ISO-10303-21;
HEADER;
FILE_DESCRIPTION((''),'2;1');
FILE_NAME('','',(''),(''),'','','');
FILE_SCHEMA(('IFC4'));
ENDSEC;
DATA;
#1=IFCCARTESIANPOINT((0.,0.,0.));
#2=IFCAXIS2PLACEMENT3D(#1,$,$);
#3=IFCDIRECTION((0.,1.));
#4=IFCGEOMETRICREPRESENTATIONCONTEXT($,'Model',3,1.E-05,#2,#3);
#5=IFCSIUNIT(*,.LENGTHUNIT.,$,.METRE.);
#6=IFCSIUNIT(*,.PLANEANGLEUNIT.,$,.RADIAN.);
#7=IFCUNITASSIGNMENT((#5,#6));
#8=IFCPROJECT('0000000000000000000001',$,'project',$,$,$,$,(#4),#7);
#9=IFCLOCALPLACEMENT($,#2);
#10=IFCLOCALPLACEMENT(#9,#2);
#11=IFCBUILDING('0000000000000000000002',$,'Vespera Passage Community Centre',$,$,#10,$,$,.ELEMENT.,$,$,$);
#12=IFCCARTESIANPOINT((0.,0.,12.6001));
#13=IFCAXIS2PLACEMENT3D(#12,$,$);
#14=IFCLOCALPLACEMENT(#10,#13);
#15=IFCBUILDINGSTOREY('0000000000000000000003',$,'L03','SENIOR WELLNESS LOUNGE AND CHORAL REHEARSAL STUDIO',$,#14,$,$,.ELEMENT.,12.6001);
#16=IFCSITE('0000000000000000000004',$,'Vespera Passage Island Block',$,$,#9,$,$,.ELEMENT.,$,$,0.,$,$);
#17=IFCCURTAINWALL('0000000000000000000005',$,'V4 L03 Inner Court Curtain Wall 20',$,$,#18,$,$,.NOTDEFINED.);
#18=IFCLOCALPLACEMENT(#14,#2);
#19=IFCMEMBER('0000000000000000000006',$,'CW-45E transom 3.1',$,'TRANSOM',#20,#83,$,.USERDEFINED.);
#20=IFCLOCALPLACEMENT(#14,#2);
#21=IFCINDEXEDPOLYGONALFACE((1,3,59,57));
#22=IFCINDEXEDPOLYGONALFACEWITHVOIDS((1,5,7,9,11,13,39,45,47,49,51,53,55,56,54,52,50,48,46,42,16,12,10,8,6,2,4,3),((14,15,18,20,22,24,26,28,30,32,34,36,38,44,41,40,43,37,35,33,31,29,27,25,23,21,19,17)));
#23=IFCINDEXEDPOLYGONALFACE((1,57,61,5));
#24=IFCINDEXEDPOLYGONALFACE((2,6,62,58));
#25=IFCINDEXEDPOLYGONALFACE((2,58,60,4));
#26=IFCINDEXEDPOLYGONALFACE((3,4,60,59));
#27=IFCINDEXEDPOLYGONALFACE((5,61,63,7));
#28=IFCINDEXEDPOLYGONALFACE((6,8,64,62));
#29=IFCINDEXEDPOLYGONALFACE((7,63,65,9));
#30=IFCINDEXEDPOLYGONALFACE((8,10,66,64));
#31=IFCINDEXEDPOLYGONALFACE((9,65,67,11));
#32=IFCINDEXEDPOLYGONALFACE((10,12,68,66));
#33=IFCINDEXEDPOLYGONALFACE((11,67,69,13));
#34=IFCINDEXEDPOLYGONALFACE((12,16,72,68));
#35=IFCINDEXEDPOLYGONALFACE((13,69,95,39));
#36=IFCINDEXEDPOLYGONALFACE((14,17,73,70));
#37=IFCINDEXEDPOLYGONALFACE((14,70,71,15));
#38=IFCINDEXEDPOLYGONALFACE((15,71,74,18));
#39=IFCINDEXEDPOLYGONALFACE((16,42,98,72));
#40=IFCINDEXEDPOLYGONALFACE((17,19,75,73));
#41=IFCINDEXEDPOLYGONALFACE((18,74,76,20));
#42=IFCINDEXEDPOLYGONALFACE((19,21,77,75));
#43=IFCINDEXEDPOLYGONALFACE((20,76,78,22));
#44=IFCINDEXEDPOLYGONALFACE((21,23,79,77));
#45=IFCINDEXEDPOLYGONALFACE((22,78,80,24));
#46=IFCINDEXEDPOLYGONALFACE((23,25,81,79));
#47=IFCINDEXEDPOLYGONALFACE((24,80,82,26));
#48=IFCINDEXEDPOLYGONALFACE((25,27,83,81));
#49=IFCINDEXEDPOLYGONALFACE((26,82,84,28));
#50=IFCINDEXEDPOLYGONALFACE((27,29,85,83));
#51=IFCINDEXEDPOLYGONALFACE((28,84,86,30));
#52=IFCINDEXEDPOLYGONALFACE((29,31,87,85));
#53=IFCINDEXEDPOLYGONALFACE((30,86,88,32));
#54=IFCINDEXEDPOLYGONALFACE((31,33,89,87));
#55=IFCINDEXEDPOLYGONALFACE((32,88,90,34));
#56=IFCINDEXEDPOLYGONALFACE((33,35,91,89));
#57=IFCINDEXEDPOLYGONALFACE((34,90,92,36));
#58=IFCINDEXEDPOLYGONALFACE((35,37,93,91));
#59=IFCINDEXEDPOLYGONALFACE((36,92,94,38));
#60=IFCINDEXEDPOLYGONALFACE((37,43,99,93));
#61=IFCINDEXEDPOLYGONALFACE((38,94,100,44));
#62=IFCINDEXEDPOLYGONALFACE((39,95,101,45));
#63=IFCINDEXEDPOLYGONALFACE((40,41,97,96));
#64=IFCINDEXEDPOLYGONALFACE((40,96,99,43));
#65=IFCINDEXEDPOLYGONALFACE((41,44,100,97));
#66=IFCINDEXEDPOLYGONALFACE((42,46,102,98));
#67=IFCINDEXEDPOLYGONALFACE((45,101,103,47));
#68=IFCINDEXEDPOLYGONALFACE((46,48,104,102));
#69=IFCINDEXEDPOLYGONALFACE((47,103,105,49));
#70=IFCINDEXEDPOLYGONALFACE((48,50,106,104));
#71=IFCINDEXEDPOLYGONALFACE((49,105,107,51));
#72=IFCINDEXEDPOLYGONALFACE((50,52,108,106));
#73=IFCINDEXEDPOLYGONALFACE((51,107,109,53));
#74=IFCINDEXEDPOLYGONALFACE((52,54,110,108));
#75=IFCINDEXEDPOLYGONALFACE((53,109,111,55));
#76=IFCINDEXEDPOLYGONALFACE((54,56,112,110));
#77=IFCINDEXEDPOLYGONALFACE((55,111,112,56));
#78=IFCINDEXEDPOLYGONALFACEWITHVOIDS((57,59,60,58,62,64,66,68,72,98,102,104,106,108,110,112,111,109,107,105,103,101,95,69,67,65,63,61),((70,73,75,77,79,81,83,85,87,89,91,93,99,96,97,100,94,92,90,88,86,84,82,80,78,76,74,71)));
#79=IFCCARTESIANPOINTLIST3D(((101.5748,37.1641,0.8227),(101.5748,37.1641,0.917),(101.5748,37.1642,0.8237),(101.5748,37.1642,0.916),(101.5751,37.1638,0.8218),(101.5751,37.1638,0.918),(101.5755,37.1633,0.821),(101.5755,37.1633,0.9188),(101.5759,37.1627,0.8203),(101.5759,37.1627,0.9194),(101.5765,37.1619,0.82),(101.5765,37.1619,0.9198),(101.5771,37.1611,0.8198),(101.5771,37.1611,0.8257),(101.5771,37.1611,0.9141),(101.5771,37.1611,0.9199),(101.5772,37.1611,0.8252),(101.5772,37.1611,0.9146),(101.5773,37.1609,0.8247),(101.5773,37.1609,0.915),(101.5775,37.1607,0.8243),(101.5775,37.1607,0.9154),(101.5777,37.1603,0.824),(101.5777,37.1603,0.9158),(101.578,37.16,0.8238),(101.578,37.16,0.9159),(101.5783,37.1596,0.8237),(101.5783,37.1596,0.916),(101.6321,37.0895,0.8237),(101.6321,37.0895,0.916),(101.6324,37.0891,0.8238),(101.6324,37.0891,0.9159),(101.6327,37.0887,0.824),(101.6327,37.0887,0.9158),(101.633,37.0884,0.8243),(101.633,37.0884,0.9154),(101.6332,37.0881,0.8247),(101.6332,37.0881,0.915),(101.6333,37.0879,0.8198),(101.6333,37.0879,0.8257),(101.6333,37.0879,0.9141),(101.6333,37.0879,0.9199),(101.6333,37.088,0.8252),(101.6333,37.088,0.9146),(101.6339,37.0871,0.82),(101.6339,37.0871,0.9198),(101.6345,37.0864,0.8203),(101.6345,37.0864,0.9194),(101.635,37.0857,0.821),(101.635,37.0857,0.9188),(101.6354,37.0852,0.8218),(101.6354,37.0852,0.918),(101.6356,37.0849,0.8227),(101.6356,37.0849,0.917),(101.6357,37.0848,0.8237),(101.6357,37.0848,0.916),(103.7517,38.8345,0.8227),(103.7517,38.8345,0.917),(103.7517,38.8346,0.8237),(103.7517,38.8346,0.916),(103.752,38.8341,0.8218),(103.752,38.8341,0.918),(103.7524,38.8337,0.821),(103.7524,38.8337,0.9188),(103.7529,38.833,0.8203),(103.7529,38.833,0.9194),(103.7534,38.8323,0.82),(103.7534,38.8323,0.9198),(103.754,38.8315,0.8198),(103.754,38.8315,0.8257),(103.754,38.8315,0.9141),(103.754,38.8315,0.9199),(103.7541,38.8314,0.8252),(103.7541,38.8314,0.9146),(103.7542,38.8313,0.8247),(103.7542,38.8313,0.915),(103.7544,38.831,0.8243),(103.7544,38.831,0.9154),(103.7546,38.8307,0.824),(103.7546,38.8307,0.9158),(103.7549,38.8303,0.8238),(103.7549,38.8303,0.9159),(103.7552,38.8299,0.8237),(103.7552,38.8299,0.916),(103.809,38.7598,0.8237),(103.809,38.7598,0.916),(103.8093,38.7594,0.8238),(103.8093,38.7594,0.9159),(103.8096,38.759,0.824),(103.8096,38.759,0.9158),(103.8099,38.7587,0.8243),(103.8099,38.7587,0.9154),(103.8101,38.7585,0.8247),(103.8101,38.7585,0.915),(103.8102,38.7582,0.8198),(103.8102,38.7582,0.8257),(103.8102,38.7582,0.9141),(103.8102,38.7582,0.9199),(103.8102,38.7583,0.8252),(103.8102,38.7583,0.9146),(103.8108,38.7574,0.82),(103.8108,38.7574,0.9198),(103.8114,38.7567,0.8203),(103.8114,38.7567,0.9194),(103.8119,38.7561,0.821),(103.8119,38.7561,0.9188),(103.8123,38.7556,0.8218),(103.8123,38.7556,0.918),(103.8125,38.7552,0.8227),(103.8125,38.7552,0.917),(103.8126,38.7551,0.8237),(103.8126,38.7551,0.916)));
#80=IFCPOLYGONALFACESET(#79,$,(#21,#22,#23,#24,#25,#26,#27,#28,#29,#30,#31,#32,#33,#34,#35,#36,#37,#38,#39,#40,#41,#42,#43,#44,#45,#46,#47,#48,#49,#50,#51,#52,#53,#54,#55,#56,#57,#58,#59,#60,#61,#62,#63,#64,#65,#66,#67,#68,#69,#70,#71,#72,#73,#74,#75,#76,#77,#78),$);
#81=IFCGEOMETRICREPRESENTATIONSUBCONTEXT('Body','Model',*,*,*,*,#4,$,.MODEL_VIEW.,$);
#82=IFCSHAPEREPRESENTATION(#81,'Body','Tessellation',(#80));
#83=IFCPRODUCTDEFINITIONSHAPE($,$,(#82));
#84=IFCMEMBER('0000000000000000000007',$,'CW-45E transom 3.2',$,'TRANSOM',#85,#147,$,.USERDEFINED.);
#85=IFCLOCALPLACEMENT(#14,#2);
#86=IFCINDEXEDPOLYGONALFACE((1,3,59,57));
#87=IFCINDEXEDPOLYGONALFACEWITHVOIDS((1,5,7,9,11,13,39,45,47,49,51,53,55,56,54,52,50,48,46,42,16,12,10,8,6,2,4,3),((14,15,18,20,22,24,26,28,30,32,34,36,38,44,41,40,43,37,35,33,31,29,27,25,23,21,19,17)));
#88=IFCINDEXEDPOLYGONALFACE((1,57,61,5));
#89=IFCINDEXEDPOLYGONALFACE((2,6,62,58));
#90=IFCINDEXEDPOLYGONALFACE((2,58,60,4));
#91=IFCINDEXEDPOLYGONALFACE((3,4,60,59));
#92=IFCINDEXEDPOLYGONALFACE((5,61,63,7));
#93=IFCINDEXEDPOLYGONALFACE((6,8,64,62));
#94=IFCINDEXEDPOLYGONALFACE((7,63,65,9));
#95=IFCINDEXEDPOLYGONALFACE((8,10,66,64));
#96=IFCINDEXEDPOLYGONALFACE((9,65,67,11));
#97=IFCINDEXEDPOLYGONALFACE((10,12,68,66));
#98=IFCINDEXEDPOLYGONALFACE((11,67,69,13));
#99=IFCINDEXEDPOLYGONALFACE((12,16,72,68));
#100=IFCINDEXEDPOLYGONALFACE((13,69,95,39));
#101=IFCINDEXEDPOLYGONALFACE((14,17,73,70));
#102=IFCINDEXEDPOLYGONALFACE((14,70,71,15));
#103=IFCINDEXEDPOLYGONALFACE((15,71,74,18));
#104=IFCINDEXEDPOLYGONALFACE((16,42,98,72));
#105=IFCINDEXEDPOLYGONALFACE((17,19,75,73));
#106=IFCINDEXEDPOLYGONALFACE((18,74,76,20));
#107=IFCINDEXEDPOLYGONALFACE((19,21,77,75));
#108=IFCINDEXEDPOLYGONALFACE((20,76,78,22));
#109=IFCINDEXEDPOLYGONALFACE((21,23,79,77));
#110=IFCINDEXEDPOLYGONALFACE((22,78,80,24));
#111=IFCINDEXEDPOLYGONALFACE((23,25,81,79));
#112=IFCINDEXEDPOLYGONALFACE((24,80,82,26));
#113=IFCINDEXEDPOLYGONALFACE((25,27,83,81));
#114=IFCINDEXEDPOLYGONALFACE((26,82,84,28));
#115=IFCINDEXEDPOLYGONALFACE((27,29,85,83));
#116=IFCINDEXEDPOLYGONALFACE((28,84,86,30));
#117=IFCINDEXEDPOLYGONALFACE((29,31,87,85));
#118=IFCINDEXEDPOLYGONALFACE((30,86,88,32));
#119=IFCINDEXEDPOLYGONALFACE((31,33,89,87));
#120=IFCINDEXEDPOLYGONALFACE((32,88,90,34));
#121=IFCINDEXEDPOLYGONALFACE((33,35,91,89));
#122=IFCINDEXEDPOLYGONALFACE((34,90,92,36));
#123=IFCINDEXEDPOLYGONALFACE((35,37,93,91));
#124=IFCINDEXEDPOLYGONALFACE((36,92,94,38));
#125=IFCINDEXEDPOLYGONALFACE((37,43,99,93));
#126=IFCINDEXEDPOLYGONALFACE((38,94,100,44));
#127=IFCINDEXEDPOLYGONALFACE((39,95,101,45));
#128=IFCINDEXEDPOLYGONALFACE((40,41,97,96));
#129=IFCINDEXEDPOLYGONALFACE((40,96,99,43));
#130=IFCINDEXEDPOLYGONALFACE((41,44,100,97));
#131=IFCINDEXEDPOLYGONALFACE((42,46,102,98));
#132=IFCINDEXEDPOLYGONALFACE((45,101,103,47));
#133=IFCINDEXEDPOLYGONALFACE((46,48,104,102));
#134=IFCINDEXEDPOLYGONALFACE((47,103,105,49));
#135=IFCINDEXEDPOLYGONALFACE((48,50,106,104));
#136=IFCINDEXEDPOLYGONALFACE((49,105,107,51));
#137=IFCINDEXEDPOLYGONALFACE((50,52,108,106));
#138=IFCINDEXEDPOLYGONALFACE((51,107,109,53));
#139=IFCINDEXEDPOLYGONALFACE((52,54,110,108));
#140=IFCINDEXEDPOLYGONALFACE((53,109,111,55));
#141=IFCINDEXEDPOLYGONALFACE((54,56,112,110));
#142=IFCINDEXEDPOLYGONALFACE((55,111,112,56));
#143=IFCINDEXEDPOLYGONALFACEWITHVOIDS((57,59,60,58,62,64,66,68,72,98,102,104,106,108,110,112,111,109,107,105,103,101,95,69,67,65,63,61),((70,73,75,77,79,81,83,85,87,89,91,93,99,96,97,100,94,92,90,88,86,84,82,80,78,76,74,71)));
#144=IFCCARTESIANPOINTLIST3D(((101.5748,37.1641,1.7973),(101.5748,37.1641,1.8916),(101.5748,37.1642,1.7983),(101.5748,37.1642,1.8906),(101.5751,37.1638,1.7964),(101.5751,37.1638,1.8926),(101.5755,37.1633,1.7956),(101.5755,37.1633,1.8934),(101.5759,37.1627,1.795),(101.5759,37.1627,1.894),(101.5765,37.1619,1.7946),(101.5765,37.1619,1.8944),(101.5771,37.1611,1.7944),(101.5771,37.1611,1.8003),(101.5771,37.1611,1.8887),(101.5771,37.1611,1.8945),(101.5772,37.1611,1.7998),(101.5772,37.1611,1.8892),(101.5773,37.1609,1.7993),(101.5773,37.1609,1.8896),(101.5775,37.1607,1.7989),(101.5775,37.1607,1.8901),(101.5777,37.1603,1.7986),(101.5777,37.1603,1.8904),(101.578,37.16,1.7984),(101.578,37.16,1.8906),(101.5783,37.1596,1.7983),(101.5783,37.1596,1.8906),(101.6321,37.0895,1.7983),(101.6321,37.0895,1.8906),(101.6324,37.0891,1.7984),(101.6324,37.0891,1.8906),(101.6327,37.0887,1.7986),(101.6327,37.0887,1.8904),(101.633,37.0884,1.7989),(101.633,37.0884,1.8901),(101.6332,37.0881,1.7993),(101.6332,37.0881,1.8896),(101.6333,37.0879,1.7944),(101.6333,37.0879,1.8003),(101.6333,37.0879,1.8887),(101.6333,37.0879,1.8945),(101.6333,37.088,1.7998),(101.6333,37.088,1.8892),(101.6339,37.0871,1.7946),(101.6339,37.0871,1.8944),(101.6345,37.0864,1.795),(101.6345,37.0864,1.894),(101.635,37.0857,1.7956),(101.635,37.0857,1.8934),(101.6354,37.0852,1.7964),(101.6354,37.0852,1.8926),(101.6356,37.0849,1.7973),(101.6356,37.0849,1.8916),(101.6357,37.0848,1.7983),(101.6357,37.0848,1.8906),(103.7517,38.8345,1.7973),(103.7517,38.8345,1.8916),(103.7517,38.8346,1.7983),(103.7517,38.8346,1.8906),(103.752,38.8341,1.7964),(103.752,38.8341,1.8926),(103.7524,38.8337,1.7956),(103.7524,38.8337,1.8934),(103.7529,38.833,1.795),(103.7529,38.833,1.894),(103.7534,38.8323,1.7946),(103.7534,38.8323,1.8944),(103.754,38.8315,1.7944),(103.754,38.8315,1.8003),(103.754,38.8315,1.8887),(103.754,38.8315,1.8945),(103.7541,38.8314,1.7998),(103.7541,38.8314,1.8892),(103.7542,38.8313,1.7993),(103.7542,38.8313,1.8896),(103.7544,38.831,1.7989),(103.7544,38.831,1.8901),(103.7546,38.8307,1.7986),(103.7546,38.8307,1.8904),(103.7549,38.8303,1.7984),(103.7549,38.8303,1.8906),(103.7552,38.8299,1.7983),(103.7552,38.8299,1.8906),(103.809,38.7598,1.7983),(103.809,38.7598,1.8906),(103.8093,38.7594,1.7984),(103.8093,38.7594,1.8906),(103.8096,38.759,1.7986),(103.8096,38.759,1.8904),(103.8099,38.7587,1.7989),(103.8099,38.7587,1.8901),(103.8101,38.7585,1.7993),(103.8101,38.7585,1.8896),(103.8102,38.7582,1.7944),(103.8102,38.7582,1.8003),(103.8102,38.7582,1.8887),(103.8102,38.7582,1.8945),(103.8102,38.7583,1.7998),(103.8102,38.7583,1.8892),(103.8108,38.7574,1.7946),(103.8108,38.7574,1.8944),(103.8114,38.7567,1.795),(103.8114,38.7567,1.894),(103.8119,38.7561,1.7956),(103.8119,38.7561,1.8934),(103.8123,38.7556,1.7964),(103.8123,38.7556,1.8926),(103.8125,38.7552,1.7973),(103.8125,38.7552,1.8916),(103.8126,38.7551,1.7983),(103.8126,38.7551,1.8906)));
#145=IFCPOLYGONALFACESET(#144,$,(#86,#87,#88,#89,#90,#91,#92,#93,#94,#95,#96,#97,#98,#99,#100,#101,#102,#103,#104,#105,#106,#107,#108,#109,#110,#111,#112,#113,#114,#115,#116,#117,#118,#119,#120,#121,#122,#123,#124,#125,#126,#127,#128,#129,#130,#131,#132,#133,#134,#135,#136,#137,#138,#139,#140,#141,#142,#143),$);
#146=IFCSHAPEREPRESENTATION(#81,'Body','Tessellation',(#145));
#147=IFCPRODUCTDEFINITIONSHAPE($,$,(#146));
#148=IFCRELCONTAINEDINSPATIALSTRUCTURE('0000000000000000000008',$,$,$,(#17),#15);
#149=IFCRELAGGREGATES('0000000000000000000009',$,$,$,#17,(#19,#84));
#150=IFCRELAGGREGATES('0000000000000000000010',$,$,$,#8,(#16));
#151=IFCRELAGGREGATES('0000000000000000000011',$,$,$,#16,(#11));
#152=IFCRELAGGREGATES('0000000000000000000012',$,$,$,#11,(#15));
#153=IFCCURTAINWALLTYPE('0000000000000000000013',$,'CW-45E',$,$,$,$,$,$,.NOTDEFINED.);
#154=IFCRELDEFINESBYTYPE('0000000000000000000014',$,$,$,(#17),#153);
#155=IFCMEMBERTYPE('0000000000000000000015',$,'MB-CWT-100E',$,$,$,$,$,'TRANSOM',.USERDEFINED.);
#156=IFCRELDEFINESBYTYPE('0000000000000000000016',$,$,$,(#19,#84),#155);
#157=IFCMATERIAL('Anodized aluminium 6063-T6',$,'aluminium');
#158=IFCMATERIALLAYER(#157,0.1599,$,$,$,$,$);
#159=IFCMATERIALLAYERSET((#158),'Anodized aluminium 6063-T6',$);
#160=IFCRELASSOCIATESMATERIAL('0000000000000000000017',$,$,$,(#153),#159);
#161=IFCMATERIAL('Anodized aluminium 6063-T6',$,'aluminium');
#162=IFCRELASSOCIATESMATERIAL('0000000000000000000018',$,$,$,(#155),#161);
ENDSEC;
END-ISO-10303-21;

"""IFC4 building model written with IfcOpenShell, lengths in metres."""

from ifc_helpers import new_model, si_unit, direction, frame, origin, origin_2d, place, context, subcontext, project, spatial, hollow_rectangle, extrude, material, layer, layer_set, material_profile, profile_set, type_object, element, aggregate, save


model = new_model("IFC4")

# Units and contexts
model_context = context("Model", 3, precision=1e-05, world=origin(), true_north=direction((0.0, 1.0)))
body_context = subcontext(model_context, "Body", "Model", "MODEL_VIEW")
ifc_project = project(units=[si_unit("LENGTHUNIT", "METRE"), si_unit("PLANEANGLEUNIT", "RADIAN")], contexts=[model_context])

# Site, building, storey
site_placement = place(None, origin())
site = spatial("IfcSite", under=ifc_project, at=site_placement, Name="Vespera Passage Island Block", CompositionType="ELEMENT", RefElevation=0.0)
building_placement = place(site_placement, origin())
building = spatial("IfcBuilding", under=site, at=building_placement, Name="Vespera Passage Community Centre", CompositionType="ELEMENT")
storey_placement = place(building_placement, frame((0.0, 0.0, 12.6001)))
storey = spatial("IfcBuildingStorey", under=building, at=storey_placement, Name="L03", Description="SENIOR WELLNESS LOUNGE AND CHORAL REHEARSAL STUDIO", CompositionType="ELEMENT", Elevation=12.6001)

# Curtain wall, members
ifc_material_1 = material(Name="Anodized aluminium 6063-T6", Category="aluminium")
ifc_layer_1 = layer(ifc_material_1, 0.1599)
ifc_layer_set_1 = layer_set([ifc_layer_1], Name="Anodized aluminium 6063-T6")
curtain_wall_type = type_object("IfcCurtainWallType", Name="CW-45E", PredefinedType="NOTDEFINED", material=ifc_layer_set_1)
curtain_wall_placement = place(storey_placement, origin())
curtain_wall = element("IfcCurtainWall", 1, at=curtain_wall_placement, inside=storey, type_object=curtain_wall_type, Name="V4 L03 Inner Court Curtain Wall 20", PredefinedType="NOTDEFINED")
ifc_material_2 = material(Name="Anodized aluminium 6063-T6", Category="aluminium")
ifc_material_profile_1 = material_profile(ifc_material_2, hollow_rectangle(XDim=0.1001, YDim=0.1001, WallThickness=0.0039, InnerFilletRadius=0.002, OuterFilletRadius=0.0039, at=origin_2d()), Name="ALU100X100X4")
ifc_profile_set_1 = profile_set([ifc_material_profile_1], Name="Anodized aluminium 6063-T6")
member_type_1 = type_object("IfcMemberType", Name="MB-CWT-100E", ElementType="TRANSOM", PredefinedType="USERDEFINED", material=ifc_profile_set_1)
member_1_placement = place(storey_placement, frame((101.6052, 37.1245, 0.8699), z_axis=(0.793364, 0.608747, 0.0), x_axis=(-0.608747, 0.793364, 0.0)))
member_1 = element("IfcMember", 2, at=member_1_placement, type_object=member_type_1, Name="CW-45E transom 3.1", ObjectType="TRANSOM", PredefinedType="USERDEFINED", context=body_context, shape_type="SweptSolid", body=[
    extrude(hollow_rectangle(XDim=0.1001, YDim=0.1001, WallThickness=0.0039, InnerFilletRadius=0.002, OuterFilletRadius=0.0039, at=origin_2d()), origin(), (0.0, 0.0, 1.0), 2.7439),
])
member_2_placement = place(storey_placement, frame((101.6052, 37.1245, 1.8445), z_axis=(0.793364, 0.608747, 0.0), x_axis=(-0.608747, 0.793364, 0.0)))
member_2 = element("IfcMember", 3, at=member_2_placement, type_object=member_type_1, Name="CW-45E transom 3.2", ObjectType="TRANSOM", PredefinedType="USERDEFINED", context=body_context, shape_type="SweptSolid", body=[
    extrude(hollow_rectangle(XDim=0.1001, YDim=0.1001, WallThickness=0.0039, InnerFilletRadius=0.002, OuterFilletRadius=0.0039, at=origin_2d()), origin(), (0.0, 0.0, 1.0), 2.7439),
])
aggregate(curtain_wall, [member_1, member_2])

save(model, "model.ifc")
